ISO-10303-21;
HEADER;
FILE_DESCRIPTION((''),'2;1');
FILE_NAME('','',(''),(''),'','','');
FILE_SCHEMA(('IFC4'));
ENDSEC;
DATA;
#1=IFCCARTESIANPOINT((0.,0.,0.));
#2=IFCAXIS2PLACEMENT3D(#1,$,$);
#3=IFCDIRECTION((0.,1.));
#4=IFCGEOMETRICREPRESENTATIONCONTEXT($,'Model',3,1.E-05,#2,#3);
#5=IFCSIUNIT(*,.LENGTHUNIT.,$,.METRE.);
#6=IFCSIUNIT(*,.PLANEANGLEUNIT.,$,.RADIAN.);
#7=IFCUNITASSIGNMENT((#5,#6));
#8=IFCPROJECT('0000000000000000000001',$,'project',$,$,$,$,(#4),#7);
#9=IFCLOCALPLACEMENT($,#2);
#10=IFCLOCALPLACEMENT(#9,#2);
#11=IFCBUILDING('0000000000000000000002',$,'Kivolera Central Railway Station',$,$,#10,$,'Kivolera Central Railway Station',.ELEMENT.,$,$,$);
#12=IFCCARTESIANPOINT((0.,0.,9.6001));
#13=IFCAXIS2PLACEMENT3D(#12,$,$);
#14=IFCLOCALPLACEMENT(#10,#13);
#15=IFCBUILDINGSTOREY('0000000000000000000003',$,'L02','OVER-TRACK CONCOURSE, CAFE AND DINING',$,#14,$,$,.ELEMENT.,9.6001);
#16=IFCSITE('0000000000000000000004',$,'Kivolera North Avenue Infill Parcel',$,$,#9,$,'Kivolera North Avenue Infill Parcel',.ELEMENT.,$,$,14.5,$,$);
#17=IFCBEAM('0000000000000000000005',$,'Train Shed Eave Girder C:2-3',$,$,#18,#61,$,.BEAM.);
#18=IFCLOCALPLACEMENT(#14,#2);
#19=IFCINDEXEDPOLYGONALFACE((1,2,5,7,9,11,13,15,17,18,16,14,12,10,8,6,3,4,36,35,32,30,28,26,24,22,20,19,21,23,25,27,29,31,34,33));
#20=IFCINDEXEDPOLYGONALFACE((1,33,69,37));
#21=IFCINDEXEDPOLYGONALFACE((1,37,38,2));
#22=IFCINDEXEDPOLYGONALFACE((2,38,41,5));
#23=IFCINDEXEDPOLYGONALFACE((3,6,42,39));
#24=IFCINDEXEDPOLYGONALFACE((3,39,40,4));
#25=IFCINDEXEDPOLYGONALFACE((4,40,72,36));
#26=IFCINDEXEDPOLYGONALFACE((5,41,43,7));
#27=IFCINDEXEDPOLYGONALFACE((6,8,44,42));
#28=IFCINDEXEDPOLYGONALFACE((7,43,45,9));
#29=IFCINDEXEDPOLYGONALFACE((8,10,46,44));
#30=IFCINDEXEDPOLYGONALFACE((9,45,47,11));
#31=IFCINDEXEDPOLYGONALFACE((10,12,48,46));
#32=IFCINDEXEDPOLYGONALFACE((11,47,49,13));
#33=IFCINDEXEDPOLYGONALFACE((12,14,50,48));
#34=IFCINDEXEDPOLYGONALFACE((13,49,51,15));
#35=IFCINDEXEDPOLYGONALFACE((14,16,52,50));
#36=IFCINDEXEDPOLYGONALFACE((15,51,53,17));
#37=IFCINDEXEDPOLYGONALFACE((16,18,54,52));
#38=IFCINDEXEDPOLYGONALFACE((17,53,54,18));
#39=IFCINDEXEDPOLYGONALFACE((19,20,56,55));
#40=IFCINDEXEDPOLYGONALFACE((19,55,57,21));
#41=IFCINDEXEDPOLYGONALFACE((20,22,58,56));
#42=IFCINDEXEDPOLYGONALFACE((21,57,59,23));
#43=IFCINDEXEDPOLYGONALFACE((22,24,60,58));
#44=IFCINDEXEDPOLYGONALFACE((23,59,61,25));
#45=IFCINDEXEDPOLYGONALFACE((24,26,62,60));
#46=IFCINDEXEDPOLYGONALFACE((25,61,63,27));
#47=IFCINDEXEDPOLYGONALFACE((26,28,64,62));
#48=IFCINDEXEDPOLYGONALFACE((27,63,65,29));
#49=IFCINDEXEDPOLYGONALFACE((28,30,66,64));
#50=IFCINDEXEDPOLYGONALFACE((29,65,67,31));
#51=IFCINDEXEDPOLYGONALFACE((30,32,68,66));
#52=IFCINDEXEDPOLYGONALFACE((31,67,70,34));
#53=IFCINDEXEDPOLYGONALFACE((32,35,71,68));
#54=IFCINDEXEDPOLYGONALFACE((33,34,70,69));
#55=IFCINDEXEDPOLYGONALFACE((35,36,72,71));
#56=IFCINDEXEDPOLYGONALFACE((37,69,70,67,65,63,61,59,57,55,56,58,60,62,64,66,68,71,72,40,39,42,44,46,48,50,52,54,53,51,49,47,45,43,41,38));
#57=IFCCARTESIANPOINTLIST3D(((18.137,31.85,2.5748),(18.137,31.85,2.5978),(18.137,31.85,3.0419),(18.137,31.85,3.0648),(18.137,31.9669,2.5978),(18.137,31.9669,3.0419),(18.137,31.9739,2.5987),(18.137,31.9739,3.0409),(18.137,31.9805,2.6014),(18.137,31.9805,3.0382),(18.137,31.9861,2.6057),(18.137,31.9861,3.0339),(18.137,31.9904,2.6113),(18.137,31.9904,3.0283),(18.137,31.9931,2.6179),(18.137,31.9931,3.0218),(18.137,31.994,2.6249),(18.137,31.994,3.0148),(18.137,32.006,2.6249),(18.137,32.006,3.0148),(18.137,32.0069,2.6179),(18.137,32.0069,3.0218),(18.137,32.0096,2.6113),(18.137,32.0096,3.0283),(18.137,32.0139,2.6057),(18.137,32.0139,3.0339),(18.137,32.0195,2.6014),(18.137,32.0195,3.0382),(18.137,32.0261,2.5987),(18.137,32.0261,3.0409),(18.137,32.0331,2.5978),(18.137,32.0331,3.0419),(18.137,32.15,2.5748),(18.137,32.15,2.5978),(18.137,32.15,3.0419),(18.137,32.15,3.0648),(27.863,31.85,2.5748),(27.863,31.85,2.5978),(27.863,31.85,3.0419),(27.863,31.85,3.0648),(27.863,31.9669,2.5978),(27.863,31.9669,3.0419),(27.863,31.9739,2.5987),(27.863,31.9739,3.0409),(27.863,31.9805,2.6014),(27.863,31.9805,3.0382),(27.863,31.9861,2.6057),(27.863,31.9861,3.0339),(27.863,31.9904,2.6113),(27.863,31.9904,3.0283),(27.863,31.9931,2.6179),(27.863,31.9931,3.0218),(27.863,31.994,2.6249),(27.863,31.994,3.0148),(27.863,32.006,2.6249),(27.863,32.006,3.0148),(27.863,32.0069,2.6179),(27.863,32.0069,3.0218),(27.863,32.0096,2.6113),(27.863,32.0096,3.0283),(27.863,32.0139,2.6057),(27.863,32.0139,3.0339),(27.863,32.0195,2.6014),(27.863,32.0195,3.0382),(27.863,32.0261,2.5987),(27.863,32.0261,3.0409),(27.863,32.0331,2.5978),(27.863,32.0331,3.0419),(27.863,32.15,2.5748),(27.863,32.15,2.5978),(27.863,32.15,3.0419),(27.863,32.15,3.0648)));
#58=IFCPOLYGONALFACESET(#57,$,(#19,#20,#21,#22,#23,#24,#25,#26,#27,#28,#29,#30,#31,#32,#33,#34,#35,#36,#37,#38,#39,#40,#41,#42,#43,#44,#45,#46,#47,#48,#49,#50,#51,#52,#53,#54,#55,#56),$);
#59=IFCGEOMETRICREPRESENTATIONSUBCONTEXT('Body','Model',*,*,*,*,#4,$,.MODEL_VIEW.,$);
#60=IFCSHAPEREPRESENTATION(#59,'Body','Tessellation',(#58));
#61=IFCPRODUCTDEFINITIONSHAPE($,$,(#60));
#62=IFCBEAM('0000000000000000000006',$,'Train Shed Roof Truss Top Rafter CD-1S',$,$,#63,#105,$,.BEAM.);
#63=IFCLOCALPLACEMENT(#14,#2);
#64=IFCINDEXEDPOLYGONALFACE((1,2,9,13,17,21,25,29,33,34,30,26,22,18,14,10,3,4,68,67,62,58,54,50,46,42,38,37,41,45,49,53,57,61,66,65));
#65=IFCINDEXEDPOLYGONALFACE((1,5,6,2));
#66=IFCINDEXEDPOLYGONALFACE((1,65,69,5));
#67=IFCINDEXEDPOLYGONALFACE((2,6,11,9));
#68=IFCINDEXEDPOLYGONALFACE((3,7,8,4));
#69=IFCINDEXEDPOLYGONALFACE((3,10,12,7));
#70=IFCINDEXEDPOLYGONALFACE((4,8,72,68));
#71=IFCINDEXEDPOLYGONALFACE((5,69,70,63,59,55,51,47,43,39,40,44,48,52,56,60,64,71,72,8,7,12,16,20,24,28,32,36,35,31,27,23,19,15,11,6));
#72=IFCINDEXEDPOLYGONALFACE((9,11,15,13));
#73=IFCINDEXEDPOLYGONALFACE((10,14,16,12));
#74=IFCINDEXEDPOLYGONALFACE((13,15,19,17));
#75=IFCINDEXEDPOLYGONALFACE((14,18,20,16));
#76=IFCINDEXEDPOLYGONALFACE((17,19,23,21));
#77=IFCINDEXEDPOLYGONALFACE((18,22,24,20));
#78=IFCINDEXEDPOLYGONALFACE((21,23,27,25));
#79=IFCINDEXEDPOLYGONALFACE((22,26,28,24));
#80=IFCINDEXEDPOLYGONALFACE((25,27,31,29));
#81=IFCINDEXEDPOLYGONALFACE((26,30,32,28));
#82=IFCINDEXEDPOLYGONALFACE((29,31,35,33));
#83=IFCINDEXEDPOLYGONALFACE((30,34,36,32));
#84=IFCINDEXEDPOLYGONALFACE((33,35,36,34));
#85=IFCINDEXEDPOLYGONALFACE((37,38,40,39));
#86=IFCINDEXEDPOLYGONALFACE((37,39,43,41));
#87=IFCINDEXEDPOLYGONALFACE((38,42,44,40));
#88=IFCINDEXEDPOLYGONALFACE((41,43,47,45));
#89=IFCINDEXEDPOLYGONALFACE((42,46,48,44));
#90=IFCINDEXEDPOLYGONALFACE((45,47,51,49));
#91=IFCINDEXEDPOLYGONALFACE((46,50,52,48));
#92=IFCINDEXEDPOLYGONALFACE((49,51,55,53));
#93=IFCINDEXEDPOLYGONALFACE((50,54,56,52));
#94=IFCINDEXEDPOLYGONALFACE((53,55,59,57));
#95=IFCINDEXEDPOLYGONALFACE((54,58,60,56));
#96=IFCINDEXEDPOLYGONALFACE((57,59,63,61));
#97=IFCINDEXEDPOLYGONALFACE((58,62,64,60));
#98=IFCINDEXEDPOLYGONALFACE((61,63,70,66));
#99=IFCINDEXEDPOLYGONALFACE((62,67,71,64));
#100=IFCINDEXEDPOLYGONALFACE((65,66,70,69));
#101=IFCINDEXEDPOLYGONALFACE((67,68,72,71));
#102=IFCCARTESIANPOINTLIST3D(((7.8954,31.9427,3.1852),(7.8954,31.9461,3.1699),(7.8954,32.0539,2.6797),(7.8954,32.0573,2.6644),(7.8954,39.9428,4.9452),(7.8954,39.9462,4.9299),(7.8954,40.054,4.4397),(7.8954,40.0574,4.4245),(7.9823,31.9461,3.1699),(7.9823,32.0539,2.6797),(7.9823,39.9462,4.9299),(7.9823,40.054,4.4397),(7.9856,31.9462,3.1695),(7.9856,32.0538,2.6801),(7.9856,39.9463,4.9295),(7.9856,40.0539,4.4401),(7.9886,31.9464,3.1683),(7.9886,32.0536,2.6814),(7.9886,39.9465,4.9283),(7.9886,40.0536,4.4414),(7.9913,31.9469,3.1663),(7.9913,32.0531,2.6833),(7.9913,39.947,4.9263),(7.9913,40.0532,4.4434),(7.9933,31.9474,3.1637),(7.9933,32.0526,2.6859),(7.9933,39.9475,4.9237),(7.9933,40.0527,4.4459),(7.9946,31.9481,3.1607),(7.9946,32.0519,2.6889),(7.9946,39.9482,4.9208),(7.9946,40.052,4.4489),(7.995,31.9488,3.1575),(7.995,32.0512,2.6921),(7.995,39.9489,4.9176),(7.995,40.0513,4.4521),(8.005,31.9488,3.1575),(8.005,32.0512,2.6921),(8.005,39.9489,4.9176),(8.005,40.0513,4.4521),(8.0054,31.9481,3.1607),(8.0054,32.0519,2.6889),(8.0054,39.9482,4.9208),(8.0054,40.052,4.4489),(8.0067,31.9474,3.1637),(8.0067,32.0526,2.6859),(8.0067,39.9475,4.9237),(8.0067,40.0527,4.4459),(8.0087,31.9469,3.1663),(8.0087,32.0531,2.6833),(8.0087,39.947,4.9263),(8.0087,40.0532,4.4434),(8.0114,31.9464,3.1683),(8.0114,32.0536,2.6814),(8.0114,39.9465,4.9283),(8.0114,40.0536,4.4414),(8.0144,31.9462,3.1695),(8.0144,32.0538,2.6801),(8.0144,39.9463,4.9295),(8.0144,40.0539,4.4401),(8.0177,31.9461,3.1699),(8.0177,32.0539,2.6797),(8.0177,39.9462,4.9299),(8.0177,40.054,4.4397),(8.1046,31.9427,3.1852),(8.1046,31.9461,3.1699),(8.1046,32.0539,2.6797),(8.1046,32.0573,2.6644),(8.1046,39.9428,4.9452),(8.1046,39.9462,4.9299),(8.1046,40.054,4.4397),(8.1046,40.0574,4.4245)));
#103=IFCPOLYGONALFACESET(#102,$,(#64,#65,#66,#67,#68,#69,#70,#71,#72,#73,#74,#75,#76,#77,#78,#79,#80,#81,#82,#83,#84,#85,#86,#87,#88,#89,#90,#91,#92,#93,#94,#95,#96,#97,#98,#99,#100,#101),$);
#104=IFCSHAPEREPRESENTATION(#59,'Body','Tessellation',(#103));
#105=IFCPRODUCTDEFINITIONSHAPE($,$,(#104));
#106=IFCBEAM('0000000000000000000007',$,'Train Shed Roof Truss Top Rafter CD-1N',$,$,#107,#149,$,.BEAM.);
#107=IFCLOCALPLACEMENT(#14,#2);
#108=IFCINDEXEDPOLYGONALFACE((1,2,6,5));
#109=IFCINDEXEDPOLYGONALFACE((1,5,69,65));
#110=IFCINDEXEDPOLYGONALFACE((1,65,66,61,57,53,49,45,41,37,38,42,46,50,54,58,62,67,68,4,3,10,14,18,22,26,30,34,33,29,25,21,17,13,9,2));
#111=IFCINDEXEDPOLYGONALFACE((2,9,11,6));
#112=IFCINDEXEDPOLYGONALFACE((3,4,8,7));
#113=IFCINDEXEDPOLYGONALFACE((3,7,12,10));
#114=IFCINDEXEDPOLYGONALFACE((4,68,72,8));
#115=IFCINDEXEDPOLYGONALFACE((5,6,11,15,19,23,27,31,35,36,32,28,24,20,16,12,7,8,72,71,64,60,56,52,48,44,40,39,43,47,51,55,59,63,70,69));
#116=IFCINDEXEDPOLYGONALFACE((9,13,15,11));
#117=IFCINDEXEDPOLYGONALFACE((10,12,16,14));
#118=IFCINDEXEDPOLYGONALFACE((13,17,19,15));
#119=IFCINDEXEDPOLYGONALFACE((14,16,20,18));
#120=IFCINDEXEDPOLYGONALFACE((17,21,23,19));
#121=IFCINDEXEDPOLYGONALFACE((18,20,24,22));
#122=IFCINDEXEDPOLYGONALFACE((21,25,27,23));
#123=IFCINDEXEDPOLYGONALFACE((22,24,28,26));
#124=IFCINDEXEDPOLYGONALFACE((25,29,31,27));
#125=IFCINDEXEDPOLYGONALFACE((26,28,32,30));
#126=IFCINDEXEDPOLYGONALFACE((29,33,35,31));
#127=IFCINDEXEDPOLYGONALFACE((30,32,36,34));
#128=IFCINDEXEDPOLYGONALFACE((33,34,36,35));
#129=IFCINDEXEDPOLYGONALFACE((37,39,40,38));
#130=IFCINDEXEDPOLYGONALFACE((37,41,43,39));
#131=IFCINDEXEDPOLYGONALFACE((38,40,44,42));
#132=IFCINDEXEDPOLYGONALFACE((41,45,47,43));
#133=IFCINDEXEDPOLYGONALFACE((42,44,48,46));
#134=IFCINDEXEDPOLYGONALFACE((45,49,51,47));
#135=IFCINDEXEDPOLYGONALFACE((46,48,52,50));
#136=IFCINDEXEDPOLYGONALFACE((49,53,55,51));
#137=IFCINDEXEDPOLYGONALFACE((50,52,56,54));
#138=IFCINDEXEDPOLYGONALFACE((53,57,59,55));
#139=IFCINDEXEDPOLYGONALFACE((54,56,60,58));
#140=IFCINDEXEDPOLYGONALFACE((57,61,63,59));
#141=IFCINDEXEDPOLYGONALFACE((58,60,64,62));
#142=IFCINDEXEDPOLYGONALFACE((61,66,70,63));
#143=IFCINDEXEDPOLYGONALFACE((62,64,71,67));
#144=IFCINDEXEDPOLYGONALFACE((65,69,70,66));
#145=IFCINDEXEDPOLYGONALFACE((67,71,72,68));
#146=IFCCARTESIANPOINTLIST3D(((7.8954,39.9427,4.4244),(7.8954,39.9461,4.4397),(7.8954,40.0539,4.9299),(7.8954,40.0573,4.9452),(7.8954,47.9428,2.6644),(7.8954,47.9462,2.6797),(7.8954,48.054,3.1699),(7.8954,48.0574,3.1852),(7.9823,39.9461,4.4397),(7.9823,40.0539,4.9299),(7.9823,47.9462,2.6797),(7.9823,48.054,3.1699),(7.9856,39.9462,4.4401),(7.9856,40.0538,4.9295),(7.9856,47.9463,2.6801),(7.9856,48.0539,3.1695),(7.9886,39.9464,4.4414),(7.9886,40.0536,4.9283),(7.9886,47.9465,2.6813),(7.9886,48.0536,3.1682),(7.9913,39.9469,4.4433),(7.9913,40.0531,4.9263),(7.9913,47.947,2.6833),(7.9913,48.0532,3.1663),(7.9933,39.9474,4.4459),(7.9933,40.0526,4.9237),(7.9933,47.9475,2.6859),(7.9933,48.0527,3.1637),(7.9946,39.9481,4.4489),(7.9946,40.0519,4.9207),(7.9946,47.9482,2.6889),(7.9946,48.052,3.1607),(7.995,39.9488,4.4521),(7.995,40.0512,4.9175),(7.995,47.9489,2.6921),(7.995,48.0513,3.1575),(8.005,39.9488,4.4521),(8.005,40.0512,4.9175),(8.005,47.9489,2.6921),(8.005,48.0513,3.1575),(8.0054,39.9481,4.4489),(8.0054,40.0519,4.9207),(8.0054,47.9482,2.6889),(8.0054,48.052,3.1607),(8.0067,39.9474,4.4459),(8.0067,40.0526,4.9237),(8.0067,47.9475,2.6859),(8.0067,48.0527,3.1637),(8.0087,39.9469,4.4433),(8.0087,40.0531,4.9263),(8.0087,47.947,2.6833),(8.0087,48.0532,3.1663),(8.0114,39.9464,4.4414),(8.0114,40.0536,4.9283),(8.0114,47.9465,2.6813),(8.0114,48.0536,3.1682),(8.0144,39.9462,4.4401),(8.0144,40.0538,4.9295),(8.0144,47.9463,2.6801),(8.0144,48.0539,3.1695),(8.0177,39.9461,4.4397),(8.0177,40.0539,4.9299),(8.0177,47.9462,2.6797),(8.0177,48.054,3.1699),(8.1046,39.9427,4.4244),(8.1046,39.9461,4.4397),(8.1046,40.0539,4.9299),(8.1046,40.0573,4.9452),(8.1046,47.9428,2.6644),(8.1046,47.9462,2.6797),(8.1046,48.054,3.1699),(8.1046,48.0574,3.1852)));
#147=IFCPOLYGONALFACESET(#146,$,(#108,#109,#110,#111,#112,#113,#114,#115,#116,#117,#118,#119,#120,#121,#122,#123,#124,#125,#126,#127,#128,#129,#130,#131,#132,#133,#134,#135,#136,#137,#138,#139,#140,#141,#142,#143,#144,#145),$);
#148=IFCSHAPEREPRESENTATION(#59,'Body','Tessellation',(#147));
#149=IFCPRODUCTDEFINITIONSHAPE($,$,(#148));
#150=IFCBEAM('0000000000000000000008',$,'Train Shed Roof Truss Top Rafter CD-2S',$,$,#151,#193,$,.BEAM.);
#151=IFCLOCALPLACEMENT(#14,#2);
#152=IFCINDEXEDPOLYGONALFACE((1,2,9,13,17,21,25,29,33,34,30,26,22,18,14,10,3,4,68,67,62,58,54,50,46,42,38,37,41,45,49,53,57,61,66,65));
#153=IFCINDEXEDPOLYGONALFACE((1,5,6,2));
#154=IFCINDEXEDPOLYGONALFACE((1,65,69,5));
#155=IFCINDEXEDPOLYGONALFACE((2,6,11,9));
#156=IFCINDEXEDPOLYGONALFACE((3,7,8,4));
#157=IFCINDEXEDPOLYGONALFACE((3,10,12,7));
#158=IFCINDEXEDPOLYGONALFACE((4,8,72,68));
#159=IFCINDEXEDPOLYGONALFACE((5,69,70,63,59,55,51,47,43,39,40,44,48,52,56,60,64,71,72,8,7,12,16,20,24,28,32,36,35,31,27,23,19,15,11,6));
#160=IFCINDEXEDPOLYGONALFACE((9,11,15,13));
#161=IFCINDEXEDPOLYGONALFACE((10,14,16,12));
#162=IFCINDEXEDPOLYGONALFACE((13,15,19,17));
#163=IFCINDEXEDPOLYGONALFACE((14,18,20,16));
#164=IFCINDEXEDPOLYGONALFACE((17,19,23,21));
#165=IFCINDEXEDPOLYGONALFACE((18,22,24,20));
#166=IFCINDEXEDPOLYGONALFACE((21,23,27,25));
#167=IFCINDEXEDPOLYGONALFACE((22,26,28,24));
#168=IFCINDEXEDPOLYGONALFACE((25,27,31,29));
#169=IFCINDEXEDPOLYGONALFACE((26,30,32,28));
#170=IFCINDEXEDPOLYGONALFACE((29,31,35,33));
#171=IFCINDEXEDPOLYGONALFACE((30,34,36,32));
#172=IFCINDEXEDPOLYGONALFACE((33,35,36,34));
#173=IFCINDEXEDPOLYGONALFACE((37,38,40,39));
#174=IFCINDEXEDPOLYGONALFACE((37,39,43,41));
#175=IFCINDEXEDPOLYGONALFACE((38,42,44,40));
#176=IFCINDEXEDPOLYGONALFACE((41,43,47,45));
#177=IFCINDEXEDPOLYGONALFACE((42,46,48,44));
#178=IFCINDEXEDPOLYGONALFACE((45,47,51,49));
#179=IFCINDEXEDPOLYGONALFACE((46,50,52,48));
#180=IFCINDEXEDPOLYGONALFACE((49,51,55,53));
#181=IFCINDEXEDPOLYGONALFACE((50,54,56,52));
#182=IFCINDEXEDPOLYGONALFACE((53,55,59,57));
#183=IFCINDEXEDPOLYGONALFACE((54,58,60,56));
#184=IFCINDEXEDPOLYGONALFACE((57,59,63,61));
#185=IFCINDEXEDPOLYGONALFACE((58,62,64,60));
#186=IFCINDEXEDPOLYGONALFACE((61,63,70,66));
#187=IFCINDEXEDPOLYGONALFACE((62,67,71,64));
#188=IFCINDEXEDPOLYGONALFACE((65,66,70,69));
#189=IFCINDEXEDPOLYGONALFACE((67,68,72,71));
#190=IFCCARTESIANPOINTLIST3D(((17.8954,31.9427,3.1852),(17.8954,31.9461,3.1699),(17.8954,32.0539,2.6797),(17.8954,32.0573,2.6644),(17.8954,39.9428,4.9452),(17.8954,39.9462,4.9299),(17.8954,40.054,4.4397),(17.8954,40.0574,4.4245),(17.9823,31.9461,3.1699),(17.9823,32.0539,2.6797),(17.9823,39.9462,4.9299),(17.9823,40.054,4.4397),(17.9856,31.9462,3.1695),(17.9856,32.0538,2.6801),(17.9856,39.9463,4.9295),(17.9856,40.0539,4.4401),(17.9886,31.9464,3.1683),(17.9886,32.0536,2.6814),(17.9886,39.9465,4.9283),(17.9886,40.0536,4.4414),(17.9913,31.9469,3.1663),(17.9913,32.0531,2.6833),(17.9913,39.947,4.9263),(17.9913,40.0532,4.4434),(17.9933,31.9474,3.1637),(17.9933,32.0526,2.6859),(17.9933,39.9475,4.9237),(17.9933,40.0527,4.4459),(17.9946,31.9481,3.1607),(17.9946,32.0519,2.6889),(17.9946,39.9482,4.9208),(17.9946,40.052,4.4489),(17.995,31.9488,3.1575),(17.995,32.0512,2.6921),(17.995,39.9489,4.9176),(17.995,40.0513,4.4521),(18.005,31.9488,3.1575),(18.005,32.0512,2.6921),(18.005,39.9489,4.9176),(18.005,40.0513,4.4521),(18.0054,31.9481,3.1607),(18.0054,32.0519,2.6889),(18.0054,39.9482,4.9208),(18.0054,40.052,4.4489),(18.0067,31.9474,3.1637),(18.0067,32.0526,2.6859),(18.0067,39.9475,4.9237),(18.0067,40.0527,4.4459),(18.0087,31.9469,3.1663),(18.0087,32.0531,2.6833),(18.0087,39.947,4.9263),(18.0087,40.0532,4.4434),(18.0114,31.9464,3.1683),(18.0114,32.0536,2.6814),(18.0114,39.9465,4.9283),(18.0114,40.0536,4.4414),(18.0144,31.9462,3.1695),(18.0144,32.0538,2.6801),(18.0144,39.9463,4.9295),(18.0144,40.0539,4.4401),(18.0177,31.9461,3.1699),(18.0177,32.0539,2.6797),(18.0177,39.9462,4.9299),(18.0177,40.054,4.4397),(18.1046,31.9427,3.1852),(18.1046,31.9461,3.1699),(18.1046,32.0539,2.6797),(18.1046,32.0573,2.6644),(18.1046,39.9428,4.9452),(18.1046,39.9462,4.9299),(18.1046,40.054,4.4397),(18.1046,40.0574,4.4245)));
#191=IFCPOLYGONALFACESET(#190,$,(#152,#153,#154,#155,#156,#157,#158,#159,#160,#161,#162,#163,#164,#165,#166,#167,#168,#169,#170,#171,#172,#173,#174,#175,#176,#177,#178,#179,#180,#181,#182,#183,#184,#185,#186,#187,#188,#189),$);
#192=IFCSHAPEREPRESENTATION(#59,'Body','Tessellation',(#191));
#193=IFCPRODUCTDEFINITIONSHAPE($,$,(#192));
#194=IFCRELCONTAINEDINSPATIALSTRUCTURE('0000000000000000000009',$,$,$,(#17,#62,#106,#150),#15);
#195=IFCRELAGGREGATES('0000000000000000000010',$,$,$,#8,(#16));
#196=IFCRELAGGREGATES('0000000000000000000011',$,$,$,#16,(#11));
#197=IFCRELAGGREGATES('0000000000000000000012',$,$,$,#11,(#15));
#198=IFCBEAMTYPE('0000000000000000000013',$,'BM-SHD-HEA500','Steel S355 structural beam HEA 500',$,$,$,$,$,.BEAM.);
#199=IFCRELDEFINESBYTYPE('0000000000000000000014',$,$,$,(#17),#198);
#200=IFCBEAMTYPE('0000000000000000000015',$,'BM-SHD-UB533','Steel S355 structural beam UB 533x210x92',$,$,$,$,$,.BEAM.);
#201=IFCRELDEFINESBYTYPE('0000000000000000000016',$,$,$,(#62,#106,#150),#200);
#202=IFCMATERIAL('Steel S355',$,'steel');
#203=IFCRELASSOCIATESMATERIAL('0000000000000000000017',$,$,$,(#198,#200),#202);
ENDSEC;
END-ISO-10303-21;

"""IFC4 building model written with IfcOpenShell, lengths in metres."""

from ifc_helpers import new_model, si_unit, direction, frame, origin, origin_2d, place, context, subcontext, project, spatial, i_section, extrude, material, material_profile, profile_set, type_object, element, save


model = new_model("IFC4")

# Units and contexts
model_context = context("Model", 3, precision=1e-05, world=origin(), true_north=direction((0.0, 1.0)))
body_context = subcontext(model_context, "Body", "Model", "MODEL_VIEW")
ifc_project = project(units=[si_unit("LENGTHUNIT", "METRE"), si_unit("PLANEANGLEUNIT", "RADIAN")], contexts=[model_context])

# Site, building, storey
site_placement = place(None, origin())
site = spatial("IfcSite", under=ifc_project, at=site_placement, Name="Kivolera North Avenue Infill Parcel", LongName="Kivolera North Avenue Infill Parcel", CompositionType="ELEMENT", RefElevation=14.5)
building_placement = place(site_placement, origin())
building = spatial("IfcBuilding", under=site, at=building_placement, Name="Kivolera Central Railway Station", LongName="Kivolera Central Railway Station", CompositionType="ELEMENT")
storey_placement = place(building_placement, frame((0.0, 0.0, 9.6001)))
storey = spatial("IfcBuildingStorey", under=building, at=storey_placement, Name="L02", Description="OVER-TRACK CONCOURSE, CAFE AND DINING", CompositionType="ELEMENT", Elevation=9.6001)

# Shared definitions
ifc_material_1 = material(Name="Steel S355", Category="steel")

# Beams
ifc_material_profile_1 = material_profile(ifc_material_1, i_section(OverallWidth=0.3, OverallDepth=0.49, WebThickness=0.012, FlangeThickness=0.0229, FilletRadius=0.0271, at=origin_2d()), Name="HEA 500")
ifc_profile_set_1 = profile_set([ifc_material_profile_1], Name="Steel S355")
beam_type_1 = type_object("IfcBeamType", Name="BM-SHD-HEA500", Description="Steel S355 structural beam HEA 500", PredefinedType="BEAM", material=ifc_profile_set_1)
for number, where, z_axis, x_axis, name in (
    (1, (18.137, 32.0, 2.8198), (1.0, 0.0, 0.0), (0.0, 1.0, 0.0), "Train Shed Eave Girder C:2-3"),
):
    element("IfcBeam", number, at=place(storey_placement, frame(where, z_axis=z_axis, x_axis=x_axis)), inside=storey, type_object=beam_type_1, Name=name, PredefinedType="BEAM", context=body_context, shape_type="SweptSolid", body=[
        extrude(i_section(OverallWidth=0.3, OverallDepth=0.49, WebThickness=0.012, FlangeThickness=0.0229, FilletRadius=0.0271, at=origin_2d()), origin(), (0.0, 0.0, 1.0), 9.7261),
    ])
ifc_material_profile_2 = material_profile(ifc_material_1, i_section(OverallWidth=0.2092, OverallDepth=0.5332, WebThickness=0.01, FlangeThickness=0.0156, FilletRadius=0.0127, at=origin_2d()), Name="UB 533x210x92")
ifc_profile_set_2 = profile_set([ifc_material_profile_2], Name="Steel S355")
beam_type_2 = type_object("IfcBeamType", Name="BM-SHD-UB533", Description="Steel S355 structural beam UB 533x210x92", PredefinedType="BEAM", material=ifc_profile_set_2)
for number, where, z_axis, x_axis, name in (
    (2, (8.0, 32.0, 2.9248), (0.0, 0.976644, 0.214863), (-1.0, 0.0, 0.0), "Train Shed Roof Truss Top Rafter CD-1S"),
    (3, (8.0, 40.0, 4.6848), (0.0, 0.976644, -0.214863), (-1.0, 0.0, 0.0), "Train Shed Roof Truss Top Rafter CD-1N"),
    (4, (18.0, 32.0, 2.9248), (0.0, 0.976644, 0.214863), (-1.0, 0.0, 0.0), "Train Shed Roof Truss Top Rafter CD-2S"),
):
    element("IfcBeam", number, at=place(storey_placement, frame(where, z_axis=z_axis, x_axis=x_axis)), inside=storey, type_object=beam_type_2, Name=name, PredefinedType="BEAM", context=body_context, shape_type="SweptSolid", body=[
        extrude(i_section(OverallWidth=0.2092, OverallDepth=0.5332, WebThickness=0.01, FlangeThickness=0.0156, FilletRadius=0.0127, at=origin_2d()), origin(), (0.0, 0.0, 1.0), 8.1914),
    ])

save(model, "model.ifc")
